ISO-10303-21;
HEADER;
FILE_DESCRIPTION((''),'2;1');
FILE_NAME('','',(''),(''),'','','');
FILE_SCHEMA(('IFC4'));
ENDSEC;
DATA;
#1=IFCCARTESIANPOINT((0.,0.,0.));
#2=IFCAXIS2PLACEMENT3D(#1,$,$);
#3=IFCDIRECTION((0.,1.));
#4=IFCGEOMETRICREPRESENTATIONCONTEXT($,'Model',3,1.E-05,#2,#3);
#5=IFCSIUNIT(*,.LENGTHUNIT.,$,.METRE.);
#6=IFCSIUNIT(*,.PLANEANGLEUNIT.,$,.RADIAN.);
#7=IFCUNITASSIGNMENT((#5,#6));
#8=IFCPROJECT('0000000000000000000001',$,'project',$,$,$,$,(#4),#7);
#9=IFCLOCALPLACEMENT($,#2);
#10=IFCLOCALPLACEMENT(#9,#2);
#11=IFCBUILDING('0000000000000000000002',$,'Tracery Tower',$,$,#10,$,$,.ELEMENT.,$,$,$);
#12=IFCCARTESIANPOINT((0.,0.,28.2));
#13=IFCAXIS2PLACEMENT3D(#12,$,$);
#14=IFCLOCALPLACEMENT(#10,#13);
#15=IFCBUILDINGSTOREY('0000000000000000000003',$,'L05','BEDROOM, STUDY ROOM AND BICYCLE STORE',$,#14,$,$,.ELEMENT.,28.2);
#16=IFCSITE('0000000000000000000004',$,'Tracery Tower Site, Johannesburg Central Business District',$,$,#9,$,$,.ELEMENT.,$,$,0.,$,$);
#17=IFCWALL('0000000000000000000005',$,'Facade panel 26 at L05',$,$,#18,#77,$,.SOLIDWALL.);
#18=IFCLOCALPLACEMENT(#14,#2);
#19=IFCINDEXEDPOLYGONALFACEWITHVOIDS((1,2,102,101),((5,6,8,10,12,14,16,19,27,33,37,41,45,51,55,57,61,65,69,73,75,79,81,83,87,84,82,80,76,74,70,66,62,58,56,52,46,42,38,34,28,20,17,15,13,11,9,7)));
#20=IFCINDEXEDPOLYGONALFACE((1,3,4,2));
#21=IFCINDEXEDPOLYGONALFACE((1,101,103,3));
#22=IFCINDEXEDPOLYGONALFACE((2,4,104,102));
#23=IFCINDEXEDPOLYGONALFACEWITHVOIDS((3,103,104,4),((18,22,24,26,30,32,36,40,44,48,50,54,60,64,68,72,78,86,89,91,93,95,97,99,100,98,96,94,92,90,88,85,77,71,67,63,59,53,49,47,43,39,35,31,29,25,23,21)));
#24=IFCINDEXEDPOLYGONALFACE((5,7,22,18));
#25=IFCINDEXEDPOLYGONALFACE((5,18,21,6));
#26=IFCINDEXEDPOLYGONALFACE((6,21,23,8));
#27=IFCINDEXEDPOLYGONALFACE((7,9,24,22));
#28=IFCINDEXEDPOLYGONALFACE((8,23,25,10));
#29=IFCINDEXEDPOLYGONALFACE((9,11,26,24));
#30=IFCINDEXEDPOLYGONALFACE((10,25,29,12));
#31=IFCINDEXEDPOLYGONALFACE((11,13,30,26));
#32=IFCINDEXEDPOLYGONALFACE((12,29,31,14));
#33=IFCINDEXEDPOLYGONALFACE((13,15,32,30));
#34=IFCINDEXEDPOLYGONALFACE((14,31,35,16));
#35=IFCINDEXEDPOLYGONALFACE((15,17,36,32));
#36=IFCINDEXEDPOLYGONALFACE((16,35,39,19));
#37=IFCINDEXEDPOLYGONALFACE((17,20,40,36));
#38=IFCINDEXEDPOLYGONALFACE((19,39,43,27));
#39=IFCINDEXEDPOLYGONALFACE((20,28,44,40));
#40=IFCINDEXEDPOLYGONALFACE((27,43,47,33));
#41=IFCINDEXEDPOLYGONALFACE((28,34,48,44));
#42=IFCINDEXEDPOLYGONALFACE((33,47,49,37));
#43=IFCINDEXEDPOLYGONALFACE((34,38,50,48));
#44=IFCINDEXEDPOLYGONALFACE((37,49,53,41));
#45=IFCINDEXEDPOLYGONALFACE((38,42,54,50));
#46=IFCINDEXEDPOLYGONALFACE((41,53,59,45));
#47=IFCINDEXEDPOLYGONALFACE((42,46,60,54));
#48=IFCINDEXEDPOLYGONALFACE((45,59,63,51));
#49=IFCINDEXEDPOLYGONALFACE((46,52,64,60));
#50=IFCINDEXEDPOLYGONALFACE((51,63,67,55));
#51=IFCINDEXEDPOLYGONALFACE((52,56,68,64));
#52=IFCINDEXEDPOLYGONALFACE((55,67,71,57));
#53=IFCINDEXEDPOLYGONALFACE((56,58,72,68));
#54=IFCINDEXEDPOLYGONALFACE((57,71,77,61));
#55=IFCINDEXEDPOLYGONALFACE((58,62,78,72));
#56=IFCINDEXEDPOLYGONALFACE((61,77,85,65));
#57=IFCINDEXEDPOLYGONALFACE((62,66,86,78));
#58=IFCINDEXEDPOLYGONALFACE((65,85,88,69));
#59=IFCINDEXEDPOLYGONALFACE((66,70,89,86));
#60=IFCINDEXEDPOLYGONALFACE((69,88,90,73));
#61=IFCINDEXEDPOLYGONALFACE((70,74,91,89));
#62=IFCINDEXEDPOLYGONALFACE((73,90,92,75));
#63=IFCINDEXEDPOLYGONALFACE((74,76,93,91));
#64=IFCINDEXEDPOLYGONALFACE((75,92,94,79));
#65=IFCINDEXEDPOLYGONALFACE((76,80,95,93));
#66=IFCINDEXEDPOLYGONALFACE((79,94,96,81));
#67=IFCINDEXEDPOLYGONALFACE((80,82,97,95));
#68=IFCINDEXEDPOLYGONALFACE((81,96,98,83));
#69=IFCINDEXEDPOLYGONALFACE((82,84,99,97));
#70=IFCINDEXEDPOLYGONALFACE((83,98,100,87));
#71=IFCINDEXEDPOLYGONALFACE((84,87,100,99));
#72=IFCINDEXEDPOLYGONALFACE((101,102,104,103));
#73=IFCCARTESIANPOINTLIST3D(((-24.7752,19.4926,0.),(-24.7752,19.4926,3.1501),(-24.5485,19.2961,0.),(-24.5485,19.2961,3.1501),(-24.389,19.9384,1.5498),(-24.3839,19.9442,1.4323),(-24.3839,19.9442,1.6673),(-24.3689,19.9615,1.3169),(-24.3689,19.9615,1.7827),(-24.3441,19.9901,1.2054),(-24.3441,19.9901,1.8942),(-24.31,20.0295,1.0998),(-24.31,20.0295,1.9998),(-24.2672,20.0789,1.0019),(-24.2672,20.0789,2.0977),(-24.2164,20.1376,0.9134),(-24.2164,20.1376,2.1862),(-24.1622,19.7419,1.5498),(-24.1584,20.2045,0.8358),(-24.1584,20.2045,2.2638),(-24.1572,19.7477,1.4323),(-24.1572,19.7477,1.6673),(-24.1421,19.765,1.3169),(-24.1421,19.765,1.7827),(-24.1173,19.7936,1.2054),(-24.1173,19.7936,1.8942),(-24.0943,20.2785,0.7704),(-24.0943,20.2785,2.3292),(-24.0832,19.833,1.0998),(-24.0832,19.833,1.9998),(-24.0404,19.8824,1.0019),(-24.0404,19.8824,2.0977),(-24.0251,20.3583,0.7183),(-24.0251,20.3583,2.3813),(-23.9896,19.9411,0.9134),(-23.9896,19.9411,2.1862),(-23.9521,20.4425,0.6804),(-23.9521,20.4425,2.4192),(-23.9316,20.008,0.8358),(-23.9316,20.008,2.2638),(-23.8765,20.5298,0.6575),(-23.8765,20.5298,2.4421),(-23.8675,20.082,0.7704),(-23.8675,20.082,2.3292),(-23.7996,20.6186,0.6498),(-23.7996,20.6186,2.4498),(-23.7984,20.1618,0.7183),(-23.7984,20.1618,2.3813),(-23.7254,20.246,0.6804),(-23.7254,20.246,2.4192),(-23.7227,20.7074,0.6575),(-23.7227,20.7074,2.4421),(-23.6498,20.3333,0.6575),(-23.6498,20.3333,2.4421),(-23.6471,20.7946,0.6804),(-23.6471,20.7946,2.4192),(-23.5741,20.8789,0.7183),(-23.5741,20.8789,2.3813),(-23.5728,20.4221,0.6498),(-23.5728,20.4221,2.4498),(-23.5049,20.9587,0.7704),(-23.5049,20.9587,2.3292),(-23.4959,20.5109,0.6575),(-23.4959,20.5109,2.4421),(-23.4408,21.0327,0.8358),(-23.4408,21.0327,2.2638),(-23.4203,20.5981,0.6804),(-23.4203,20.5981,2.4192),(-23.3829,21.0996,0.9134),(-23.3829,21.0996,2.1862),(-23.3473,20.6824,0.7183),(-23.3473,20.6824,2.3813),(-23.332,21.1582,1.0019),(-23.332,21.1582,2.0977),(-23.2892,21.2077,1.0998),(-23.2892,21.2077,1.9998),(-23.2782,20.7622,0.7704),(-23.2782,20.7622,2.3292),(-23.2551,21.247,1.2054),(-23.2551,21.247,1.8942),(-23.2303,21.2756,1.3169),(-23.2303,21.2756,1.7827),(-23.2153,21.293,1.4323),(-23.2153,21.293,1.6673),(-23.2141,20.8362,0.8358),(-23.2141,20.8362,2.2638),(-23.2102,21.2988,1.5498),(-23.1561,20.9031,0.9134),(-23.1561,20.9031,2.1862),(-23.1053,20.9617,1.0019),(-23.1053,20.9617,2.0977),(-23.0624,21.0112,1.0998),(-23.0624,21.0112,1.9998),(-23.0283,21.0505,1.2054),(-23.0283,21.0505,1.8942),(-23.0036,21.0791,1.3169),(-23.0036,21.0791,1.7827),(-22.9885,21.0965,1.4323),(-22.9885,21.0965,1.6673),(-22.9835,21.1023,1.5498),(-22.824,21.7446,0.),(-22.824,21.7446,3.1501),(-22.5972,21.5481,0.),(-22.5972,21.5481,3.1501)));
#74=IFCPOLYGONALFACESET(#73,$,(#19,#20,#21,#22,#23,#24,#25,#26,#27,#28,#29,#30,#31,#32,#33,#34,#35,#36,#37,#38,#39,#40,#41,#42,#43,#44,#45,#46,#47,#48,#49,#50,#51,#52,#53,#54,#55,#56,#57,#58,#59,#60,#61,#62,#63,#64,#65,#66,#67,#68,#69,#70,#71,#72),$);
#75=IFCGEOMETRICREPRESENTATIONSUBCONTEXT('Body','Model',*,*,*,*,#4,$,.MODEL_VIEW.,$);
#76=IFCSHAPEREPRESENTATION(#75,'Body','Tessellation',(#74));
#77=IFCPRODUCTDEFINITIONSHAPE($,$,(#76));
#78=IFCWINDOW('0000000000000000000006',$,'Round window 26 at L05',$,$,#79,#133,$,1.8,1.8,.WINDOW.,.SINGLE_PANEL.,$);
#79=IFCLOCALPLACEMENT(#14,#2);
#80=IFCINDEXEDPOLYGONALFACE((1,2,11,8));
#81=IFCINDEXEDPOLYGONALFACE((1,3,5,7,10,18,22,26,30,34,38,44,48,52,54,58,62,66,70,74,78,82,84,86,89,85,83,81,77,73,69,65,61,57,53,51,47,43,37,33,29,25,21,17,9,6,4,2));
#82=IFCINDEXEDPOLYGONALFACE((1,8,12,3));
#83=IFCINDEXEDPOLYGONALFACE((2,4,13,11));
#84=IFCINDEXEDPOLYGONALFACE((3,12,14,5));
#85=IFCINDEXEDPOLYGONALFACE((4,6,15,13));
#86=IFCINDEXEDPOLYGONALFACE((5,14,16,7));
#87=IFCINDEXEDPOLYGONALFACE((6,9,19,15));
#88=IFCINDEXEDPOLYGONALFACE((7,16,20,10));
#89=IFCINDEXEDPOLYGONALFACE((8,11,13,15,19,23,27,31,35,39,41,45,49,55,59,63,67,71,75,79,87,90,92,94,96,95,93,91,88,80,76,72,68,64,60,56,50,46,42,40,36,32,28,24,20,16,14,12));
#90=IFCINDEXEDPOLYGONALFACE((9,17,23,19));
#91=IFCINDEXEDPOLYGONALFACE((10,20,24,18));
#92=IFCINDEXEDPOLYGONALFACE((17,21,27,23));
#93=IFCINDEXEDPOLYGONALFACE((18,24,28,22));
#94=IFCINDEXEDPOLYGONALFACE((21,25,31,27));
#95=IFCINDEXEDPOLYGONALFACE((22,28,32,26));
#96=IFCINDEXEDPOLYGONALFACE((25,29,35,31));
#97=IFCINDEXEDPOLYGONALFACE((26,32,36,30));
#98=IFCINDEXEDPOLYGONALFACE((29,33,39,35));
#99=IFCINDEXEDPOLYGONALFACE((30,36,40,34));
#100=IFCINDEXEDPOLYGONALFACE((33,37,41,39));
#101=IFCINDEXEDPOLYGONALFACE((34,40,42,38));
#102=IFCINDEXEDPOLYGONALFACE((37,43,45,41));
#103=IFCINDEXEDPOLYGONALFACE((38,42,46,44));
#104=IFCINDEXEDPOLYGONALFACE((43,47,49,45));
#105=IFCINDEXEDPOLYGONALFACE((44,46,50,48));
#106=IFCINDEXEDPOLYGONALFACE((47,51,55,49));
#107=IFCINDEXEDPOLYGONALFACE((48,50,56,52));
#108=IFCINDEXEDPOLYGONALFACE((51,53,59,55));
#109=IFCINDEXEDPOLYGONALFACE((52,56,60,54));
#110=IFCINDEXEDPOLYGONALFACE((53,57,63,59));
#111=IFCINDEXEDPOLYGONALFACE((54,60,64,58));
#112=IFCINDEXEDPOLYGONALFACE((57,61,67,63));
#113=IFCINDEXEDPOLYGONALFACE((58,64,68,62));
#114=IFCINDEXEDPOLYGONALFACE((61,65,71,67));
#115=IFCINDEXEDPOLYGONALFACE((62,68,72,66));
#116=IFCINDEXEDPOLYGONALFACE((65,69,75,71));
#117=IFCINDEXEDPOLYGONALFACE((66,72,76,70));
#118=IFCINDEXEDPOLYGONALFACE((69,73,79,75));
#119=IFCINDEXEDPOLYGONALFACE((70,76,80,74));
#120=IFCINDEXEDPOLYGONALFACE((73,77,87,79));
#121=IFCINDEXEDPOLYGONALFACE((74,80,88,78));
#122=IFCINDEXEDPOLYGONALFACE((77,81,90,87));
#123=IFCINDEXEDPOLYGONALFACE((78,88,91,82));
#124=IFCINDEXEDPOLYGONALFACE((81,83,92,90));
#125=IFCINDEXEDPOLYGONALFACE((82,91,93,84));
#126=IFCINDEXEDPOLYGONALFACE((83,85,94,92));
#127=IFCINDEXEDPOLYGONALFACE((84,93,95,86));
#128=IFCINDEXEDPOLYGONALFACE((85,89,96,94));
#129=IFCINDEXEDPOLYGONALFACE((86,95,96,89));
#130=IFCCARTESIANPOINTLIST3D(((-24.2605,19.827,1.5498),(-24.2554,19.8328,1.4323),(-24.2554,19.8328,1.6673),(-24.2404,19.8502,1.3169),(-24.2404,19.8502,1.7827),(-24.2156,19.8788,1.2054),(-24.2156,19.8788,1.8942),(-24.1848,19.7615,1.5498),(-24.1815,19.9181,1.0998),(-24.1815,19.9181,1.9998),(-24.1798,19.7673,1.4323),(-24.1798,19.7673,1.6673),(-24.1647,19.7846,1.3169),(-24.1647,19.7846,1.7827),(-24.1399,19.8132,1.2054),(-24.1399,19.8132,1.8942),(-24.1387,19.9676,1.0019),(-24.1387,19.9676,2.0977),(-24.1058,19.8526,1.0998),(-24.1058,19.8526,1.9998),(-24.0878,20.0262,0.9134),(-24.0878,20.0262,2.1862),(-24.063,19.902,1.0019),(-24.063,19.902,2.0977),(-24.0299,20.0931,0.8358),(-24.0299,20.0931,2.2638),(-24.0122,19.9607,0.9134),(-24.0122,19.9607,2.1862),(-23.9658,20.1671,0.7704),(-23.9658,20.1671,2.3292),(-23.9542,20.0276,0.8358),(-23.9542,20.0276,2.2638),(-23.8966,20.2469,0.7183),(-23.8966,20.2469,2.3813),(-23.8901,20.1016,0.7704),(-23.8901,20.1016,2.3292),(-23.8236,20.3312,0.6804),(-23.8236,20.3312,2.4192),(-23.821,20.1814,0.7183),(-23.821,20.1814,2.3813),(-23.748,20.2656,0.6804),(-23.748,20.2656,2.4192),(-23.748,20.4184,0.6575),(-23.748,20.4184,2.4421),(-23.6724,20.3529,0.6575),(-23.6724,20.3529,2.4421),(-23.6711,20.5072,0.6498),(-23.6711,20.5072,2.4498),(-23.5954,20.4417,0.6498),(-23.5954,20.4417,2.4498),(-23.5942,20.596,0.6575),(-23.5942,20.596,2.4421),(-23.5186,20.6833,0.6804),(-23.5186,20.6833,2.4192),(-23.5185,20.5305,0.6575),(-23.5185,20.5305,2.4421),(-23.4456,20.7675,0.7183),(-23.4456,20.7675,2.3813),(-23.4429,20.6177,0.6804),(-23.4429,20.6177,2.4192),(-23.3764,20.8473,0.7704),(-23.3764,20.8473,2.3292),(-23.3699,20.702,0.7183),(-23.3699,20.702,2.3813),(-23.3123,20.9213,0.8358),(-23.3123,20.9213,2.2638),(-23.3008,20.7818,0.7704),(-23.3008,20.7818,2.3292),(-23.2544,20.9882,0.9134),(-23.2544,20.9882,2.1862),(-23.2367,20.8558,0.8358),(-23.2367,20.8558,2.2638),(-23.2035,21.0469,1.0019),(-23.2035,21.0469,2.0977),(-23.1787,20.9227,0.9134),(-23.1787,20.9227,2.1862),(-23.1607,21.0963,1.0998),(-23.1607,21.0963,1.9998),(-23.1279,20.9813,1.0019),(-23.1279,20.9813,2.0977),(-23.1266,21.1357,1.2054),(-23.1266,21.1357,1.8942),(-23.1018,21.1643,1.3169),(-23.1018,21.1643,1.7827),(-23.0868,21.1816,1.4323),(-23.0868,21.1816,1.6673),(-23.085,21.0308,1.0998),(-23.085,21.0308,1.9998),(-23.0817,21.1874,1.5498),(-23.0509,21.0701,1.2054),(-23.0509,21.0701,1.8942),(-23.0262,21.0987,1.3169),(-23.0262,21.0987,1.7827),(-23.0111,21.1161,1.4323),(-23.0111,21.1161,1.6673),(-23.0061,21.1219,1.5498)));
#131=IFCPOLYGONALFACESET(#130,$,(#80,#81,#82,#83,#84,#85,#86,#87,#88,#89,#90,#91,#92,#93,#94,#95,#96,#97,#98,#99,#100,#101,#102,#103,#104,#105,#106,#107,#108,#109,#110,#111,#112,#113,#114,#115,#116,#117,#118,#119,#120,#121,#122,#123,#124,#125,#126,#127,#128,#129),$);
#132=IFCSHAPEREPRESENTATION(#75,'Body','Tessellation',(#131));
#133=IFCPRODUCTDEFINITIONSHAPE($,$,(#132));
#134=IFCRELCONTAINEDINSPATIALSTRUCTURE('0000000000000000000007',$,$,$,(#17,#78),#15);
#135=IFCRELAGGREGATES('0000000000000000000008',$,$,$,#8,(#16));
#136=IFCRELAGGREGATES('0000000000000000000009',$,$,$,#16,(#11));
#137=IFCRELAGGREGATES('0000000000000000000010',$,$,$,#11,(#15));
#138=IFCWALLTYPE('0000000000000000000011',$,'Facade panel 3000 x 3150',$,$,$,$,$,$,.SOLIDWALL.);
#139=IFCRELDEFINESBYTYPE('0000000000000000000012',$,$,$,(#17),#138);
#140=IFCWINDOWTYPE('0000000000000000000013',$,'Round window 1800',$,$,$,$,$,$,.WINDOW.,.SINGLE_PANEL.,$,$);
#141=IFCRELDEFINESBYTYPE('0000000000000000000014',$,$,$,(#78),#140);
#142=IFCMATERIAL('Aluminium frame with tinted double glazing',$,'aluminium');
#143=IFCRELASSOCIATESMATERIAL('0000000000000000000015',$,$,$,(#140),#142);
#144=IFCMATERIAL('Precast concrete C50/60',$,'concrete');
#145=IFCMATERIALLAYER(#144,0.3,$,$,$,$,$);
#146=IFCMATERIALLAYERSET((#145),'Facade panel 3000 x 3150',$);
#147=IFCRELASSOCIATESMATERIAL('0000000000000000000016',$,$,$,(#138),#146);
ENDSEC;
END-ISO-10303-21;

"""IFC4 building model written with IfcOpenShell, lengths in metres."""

from ifc_helpers import new_model, si_unit, direction, frame, frame_2d, origin, origin_2d, place, context, subcontext, project, spatial, rectangle, circle, extrude, material, layer, layer_set, type_object, element, fill, save


model = new_model("IFC4")

# Units and contexts
model_context = context("Model", 3, precision=1e-05, world=origin(), true_north=direction((0.0, 1.0)))
body_context = subcontext(model_context, "Body", "Model", "MODEL_VIEW")
ifc_project = project(units=[si_unit("LENGTHUNIT", "METRE"), si_unit("PLANEANGLEUNIT", "RADIAN")], contexts=[model_context])

# Site, building, storey
site_placement = place(None, origin())
site = spatial("IfcSite", under=ifc_project, at=site_placement, Name="Tracery Tower Site, Johannesburg Central Business District", CompositionType="ELEMENT", RefElevation=0.0)
building_placement = place(site_placement, origin())
building = spatial("IfcBuilding", under=site, at=building_placement, Name="Tracery Tower", CompositionType="ELEMENT")
storey_placement = place(building_placement, frame((0.0, 0.0, 28.2)))
storey = spatial("IfcBuildingStorey", under=building, at=storey_placement, Name="L05", Description="BEDROOM, STUDY ROOM AND BICYCLE STORE", CompositionType="ELEMENT", Elevation=28.2)

# Wall, opening, window
ifc_material_1 = material(Name="Aluminium frame with tinted double glazing", Category="aluminium")
window_type = type_object("IfcWindowType", Name="Round window 1800", PartitioningType="SINGLE_PANEL", PredefinedType="WINDOW", material=ifc_material_1)
ifc_material_2 = material(Name="Precast concrete C50/60", Category="concrete")
ifc_layer_1 = layer(ifc_material_2, 0.3)
ifc_layer_set_1 = layer_set([ifc_layer_1], Name="Facade panel 3000 x 3150")
wall_type_1 = type_object("IfcWallType", Name="Facade panel 3000 x 3150", PredefinedType="SOLIDWALL", material=ifc_layer_set_1)
wall_1_placement = place(storey_placement, frame((-22.7107, 21.6462, 0.0), z_axis=(0.0, 0.0, 1.0), x_axis=(-0.654831, -0.755776, 0.0)))
wall_1 = element("IfcWall", 1, at=wall_1_placement, inside=storey, type_object=wall_type_1, Name="Facade panel 26 at L05", PredefinedType="SOLIDWALL", context=body_context, shape_type="SweptSolid", body=[
    extrude(rectangle(XDim=2.9797, YDim=0.3, at=frame_2d((1.4897, 0.0))), origin(), (0.0, 0.0, 1.0), 3.1501),
])
opening_1_placement = place(wall_1_placement, frame((1.4897, 0.0, 1.5498)))
opening_1 = element("IfcOpeningElement", 2, at=opening_1_placement, cuts=wall_1, PredefinedType="OPENING", context=body_context, shape_type="SweptSolid", body=[
    extrude(circle(Radius=0.9, at=origin_2d()), frame((0.0, 0.1599, 0.0), z_axis=(0.0, -1.0, 0.0), x_axis=(1.0, 0.0, 0.0)), (0.0, 0.0, 1.0), 0.3201),
])
window_1_placement = place(opening_1_placement, origin())
window_1 = element("IfcWindow", 3, at=window_1_placement, inside=storey, type_object=window_type, Name="Round window 26 at L05", OverallHeight=1.8, OverallWidth=1.8, PartitioningType="SINGLE_PANEL", PredefinedType="WINDOW", context=body_context, shape_type="SweptSolid", body=[
    extrude(circle(Radius=0.9, at=origin_2d()), frame((0.0, 0.1201, 0.0), z_axis=(0.0, -1.0, 0.0), x_axis=(1.0, 0.0, 0.0)), (0.0, 0.0, 1.0), 0.1001),
])
fill(opening_1, window_1)

save(model, "model.ifc")
